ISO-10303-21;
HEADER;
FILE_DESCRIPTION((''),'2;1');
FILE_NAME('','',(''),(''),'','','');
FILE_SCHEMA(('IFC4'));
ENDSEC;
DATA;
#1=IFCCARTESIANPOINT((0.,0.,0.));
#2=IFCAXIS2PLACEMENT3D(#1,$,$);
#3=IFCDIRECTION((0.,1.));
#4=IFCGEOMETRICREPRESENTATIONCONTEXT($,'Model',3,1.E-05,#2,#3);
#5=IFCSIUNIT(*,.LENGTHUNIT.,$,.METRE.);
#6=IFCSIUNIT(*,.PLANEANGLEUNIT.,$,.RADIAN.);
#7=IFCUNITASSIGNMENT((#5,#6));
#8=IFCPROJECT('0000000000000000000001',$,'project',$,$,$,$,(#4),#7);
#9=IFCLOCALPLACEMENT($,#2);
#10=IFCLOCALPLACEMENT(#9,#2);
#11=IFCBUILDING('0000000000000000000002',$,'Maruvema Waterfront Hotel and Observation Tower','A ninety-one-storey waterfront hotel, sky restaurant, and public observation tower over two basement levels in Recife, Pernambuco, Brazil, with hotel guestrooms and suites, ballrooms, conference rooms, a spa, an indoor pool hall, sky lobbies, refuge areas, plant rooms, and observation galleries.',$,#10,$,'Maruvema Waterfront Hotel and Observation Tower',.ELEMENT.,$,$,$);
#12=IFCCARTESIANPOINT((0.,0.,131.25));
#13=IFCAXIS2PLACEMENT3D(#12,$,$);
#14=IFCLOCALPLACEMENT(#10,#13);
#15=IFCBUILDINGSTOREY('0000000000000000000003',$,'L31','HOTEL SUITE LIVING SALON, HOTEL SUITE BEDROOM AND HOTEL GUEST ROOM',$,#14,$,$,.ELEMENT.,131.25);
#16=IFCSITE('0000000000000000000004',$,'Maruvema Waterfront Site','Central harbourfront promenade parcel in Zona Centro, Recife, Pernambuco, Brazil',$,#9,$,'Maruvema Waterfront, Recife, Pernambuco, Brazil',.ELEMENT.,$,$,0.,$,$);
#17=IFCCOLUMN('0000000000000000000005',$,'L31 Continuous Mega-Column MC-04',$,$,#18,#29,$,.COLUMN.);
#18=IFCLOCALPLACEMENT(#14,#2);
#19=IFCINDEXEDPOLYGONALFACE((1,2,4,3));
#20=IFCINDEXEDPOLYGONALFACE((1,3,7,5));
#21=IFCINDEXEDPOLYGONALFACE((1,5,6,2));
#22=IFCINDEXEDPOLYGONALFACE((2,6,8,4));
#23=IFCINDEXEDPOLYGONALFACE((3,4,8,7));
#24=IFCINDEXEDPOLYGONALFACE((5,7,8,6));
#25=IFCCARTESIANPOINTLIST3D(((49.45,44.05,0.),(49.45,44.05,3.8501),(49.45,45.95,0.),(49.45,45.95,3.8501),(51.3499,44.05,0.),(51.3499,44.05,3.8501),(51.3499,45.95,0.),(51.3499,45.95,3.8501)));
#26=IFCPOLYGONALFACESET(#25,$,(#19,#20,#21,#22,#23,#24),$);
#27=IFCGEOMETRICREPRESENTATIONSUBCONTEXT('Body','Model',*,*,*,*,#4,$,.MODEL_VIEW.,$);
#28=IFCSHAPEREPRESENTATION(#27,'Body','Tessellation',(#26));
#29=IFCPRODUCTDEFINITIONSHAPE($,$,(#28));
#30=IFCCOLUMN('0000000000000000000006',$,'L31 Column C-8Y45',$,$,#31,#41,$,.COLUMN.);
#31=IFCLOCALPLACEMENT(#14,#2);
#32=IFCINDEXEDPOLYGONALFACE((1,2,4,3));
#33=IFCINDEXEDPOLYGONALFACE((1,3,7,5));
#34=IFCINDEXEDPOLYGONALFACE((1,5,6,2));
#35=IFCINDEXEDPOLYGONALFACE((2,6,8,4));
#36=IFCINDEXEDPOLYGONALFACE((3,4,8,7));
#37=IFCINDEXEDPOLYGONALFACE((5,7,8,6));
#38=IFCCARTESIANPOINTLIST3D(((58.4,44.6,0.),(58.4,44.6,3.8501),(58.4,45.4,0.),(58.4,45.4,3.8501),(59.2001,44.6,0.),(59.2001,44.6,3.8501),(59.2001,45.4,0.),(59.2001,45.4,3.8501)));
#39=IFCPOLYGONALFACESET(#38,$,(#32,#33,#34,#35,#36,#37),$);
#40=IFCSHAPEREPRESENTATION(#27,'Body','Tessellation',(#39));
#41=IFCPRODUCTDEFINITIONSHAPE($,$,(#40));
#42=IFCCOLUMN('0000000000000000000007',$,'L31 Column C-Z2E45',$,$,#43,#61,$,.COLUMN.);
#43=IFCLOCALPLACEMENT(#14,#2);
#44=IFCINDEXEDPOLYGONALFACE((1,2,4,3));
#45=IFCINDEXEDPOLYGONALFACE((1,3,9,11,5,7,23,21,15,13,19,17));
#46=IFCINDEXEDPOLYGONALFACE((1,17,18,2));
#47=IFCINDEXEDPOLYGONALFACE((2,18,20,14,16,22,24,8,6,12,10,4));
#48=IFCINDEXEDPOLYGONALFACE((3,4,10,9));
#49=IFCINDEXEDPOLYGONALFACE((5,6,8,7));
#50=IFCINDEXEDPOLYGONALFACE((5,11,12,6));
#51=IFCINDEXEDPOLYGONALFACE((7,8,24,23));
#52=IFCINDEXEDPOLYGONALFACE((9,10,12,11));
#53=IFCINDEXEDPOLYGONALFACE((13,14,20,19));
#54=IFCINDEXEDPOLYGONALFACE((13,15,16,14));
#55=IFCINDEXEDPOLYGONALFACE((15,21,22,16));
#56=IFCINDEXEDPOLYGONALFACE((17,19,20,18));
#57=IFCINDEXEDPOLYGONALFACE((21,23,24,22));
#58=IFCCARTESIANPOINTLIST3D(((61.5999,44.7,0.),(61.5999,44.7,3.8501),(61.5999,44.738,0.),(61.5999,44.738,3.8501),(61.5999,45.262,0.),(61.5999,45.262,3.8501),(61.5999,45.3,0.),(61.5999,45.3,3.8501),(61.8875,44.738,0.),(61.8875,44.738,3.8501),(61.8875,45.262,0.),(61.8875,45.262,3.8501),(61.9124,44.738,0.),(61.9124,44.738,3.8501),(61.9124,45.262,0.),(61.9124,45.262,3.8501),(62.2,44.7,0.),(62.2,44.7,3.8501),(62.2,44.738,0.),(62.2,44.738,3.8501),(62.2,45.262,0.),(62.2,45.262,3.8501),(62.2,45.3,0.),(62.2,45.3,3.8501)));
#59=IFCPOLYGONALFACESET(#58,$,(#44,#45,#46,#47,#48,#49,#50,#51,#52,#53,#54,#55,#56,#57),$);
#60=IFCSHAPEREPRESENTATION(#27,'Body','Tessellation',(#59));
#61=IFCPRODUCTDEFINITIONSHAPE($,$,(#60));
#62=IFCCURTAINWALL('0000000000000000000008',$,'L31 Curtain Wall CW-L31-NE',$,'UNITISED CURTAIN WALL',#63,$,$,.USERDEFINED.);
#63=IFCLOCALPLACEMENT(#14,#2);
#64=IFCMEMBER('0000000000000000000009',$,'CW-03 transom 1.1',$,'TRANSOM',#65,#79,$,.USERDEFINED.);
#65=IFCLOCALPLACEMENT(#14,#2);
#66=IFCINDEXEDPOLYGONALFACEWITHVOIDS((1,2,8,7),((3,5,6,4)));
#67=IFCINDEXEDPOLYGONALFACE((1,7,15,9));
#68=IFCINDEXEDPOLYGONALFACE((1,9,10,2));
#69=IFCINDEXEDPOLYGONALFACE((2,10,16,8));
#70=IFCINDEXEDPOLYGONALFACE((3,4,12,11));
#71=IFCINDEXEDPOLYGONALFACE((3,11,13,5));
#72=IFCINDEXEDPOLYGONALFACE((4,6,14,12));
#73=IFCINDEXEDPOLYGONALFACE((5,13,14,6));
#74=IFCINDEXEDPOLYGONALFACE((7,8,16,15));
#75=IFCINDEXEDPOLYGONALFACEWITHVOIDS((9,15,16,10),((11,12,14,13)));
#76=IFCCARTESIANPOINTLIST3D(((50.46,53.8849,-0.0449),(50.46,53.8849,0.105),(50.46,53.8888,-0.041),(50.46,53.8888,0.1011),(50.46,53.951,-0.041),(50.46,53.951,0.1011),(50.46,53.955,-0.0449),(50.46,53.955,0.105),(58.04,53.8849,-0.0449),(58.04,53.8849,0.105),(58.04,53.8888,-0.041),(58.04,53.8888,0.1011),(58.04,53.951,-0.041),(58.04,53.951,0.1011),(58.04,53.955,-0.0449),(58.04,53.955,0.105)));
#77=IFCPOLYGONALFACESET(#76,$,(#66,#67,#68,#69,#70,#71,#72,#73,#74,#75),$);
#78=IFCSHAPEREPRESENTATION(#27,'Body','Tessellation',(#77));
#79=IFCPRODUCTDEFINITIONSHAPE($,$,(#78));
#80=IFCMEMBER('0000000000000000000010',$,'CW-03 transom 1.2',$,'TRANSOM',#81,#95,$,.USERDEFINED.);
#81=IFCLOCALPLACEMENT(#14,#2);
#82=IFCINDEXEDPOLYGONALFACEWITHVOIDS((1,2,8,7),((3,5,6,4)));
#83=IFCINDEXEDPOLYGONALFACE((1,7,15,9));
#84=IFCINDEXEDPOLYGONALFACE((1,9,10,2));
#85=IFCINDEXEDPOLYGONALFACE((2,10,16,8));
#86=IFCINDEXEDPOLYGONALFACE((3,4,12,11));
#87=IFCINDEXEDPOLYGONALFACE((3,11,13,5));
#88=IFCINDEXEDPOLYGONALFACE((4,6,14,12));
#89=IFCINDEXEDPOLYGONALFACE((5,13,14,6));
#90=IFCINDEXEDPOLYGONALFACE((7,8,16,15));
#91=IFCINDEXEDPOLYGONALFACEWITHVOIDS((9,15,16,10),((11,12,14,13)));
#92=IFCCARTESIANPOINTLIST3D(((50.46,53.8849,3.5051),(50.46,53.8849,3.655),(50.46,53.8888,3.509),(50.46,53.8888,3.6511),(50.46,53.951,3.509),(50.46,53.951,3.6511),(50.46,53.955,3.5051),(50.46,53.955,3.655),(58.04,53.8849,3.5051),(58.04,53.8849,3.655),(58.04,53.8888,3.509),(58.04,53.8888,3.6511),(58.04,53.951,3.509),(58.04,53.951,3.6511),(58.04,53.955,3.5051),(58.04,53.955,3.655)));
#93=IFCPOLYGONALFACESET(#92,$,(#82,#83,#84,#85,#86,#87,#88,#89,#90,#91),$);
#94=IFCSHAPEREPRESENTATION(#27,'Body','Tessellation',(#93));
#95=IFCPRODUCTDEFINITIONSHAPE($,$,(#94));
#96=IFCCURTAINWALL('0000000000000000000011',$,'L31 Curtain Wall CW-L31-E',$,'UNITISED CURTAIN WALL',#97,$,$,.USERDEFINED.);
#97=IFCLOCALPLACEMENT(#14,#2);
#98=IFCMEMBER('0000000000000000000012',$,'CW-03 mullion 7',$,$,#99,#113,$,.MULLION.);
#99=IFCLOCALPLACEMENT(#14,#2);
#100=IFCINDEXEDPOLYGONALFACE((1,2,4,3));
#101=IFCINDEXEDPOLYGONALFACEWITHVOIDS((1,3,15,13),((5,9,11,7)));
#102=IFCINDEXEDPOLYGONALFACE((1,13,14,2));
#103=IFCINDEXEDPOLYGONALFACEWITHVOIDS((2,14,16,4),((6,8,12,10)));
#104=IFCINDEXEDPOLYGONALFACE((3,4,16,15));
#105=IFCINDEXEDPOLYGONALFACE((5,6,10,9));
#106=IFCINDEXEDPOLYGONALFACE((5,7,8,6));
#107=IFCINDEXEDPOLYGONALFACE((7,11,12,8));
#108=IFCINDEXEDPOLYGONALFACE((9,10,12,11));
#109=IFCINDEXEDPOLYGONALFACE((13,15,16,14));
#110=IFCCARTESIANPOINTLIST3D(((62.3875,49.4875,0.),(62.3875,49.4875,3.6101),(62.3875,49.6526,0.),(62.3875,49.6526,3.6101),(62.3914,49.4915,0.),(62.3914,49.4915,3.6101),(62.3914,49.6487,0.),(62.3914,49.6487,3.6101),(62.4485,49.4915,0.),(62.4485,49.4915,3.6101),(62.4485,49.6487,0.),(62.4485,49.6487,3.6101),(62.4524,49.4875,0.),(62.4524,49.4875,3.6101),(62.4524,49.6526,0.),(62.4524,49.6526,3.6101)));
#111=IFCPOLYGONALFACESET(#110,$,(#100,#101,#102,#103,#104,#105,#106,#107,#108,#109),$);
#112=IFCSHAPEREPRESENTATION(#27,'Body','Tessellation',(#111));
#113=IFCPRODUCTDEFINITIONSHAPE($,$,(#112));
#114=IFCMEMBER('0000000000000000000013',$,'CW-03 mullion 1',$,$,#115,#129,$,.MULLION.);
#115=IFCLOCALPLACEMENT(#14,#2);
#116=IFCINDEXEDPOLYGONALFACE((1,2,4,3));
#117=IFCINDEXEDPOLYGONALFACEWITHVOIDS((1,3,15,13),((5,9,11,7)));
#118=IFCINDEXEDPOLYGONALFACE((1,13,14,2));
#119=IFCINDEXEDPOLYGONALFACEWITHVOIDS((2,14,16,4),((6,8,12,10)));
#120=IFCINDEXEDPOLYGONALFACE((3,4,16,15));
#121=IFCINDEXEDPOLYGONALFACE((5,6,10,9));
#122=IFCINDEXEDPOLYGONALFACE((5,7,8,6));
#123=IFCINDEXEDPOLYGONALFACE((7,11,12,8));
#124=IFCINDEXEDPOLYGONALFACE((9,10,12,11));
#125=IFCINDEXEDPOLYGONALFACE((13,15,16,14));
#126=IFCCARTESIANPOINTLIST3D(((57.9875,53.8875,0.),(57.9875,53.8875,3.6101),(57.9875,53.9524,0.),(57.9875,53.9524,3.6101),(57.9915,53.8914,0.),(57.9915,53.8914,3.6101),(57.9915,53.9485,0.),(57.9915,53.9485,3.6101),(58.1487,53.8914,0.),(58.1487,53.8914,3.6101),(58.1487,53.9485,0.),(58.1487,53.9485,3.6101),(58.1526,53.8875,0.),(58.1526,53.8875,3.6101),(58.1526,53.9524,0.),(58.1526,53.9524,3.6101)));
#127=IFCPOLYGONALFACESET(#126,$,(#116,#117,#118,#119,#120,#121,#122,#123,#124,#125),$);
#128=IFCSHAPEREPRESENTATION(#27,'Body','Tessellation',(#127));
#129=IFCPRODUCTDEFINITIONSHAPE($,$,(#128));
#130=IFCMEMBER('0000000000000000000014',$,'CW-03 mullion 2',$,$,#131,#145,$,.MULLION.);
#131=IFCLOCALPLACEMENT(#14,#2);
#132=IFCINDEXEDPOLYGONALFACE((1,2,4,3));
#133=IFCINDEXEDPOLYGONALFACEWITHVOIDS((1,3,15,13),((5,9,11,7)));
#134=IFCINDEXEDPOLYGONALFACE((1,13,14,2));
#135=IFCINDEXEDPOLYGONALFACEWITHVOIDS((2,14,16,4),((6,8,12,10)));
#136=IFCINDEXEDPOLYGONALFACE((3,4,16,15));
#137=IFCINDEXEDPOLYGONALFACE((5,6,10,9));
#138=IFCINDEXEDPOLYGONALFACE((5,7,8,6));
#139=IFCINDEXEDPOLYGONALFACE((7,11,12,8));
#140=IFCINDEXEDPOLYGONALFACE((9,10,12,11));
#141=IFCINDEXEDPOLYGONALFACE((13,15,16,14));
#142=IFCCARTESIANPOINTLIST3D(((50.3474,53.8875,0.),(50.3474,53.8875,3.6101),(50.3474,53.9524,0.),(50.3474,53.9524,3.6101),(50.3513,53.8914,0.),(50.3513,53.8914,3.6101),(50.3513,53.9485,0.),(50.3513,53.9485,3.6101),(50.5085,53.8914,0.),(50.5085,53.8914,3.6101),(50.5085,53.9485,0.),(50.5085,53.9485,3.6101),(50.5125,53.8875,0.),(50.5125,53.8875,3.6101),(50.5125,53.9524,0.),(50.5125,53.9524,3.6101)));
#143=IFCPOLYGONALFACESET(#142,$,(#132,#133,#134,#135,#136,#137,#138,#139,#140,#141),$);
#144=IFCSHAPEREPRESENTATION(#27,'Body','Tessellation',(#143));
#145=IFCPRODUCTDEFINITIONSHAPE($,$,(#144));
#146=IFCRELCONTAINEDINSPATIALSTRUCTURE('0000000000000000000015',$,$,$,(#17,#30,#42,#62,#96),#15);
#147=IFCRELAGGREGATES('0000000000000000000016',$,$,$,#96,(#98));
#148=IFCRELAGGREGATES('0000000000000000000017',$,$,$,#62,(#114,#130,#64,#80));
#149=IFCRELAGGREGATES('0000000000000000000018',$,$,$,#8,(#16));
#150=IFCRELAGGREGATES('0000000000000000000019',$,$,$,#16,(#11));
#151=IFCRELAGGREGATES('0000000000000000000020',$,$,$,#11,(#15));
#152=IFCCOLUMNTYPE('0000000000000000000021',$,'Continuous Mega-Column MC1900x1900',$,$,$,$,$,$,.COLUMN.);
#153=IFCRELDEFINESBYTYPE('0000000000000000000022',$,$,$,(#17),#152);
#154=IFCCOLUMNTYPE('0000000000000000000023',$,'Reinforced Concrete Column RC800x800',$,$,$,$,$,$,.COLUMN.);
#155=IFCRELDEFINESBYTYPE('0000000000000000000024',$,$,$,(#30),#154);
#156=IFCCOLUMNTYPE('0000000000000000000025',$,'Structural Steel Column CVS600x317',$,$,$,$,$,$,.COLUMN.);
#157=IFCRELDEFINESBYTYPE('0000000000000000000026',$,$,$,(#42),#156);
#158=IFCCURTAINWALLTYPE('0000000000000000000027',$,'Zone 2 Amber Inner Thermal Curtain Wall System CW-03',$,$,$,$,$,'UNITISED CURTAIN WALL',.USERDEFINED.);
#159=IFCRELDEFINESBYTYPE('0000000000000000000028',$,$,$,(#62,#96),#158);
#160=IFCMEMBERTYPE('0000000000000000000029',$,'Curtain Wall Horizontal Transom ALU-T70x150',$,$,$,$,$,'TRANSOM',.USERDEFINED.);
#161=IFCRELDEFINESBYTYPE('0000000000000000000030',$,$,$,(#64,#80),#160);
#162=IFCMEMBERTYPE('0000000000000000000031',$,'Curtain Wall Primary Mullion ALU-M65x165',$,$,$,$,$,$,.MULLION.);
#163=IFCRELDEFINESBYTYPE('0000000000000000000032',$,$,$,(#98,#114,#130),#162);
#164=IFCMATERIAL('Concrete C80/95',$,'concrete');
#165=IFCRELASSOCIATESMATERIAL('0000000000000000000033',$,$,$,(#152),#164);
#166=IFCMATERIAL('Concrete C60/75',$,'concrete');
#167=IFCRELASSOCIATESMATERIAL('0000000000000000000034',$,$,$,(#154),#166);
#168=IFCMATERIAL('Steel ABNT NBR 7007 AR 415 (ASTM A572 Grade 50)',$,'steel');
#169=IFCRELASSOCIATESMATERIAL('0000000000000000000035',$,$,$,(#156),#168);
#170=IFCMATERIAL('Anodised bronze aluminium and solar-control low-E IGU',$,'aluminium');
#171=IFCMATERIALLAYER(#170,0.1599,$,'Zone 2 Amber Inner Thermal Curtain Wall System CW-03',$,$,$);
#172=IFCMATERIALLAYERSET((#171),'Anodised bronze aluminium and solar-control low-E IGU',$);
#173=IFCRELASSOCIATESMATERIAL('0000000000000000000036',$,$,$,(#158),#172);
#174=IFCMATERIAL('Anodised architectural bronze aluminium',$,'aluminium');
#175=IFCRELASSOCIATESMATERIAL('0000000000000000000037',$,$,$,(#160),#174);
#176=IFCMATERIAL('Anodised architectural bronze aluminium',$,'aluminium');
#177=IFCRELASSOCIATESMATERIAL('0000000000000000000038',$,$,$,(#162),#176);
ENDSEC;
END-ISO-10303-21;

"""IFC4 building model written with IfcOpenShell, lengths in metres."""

from ifc_helpers import new_model, si_unit, direction, frame, origin, origin_2d, place, context, subcontext, project, spatial, rectangle, hollow_rectangle, i_section, extrude, material, layer, layer_set, material_profile, profile_set, type_object, element, aggregate, save


model = new_model("IFC4")

# Units and contexts
model_context = context("Model", 3, precision=1e-05, world=origin(), true_north=direction((0.0, 1.0)))
body_context = subcontext(model_context, "Body", "Model", "MODEL_VIEW")
ifc_project = project(units=[si_unit("LENGTHUNIT", "METRE"), si_unit("PLANEANGLEUNIT", "RADIAN")], contexts=[model_context])

# Site, building, storey
site_placement = place(None, origin())
site = spatial("IfcSite", under=ifc_project, at=site_placement, Name="Maruvema Waterfront Site", Description="Central harbourfront promenade parcel in Zona Centro, Recife, Pernambuco, Brazil", LongName="Maruvema Waterfront, Recife, Pernambuco, Brazil", CompositionType="ELEMENT", RefElevation=0.0)
building_placement = place(site_placement, origin())
building = spatial("IfcBuilding", under=site, at=building_placement, Name="Maruvema Waterfront Hotel and Observation Tower", Description="A ninety-one-storey waterfront hotel, sky restaurant, and public observation tower over two basement levels in Recife, Pernambuco, Brazil, with hotel guestrooms and suites, ballrooms, conference rooms, a spa, an indoor pool hall, sky lobbies, refuge areas, plant rooms, and observation galleries.", LongName="Maruvema Waterfront Hotel and Observation Tower", CompositionType="ELEMENT")
storey_placement = place(building_placement, frame((0.0, 0.0, 131.25)))
storey = spatial("IfcBuildingStorey", under=building, at=storey_placement, Name="L31", Description="HOTEL SUITE LIVING SALON, HOTEL SUITE BEDROOM AND HOTEL GUEST ROOM", CompositionType="ELEMENT", Elevation=131.25)

# Columns
ifc_material_1 = material(Name="Concrete C80/95", Category="concrete")
ifc_material_profile_1 = material_profile(ifc_material_1, rectangle(XDim=1.8999, YDim=1.8999, at=origin_2d()), Name="MC1900x1900")
ifc_profile_set_1 = profile_set([ifc_material_profile_1], Name="Concrete C80/95")
column_type_1 = type_object("IfcColumnType", Name="Continuous Mega-Column MC1900x1900", PredefinedType="COLUMN", material=ifc_profile_set_1)
column_1_placement = place(storey_placement, frame((50.3999, 45.0, 0.0), z_axis=(0.0, 0.0, 1.0), x_axis=(1.0, 0.0, 0.0)))
element("IfcColumn", 1, at=column_1_placement, inside=storey, type_object=column_type_1, Name="L31 Continuous Mega-Column MC-04", PredefinedType="COLUMN", context=body_context, shape_type="SweptSolid", body=[
    extrude(rectangle(XDim=1.8999, YDim=1.8999, at=origin_2d()), origin(), (0.0, 0.0, 1.0), 3.8501),
])
ifc_material_2 = material(Name="Concrete C60/75", Category="concrete")
ifc_material_profile_2 = material_profile(ifc_material_2, rectangle(XDim=0.8, YDim=0.8, at=origin_2d()), Name="RC800x800")
ifc_profile_set_2 = profile_set([ifc_material_profile_2], Name="Concrete C60/75")
column_type_2 = type_object("IfcColumnType", Name="Reinforced Concrete Column RC800x800", PredefinedType="COLUMN", material=ifc_profile_set_2)
column_2_placement = place(storey_placement, frame((58.8, 45.0, 0.0), z_axis=(0.0, 0.0, 1.0), x_axis=(1.0, 0.0, 0.0)))
element("IfcColumn", 2, at=column_2_placement, inside=storey, type_object=column_type_2, Name="L31 Column C-8Y45", PredefinedType="COLUMN", context=body_context, shape_type="SweptSolid", body=[
    extrude(rectangle(XDim=0.8, YDim=0.8, at=origin_2d()), origin(), (0.0, 0.0, 1.0), 3.8501),
])
ifc_material_3 = material(Name="Steel ABNT NBR 7007 AR 415 (ASTM A572 Grade 50)", Category="steel")
ifc_material_profile_3 = material_profile(ifc_material_3, i_section(OverallWidth=0.6001, OverallDepth=0.6001, WebThickness=0.0249, FlangeThickness=0.0381, at=origin_2d()), Name="CVS600x317")
ifc_profile_set_3 = profile_set([ifc_material_profile_3], Name="Steel ABNT NBR 7007 AR 415 (ASTM A572 Grade 50)")
column_type_3 = type_object("IfcColumnType", Name="Structural Steel Column CVS600x317", PredefinedType="COLUMN", material=ifc_profile_set_3)
column_3_placement = place(storey_placement, frame((61.8999, 45.0, 0.0), z_axis=(0.0, 0.0, 1.0), x_axis=(1.0, 0.0, 0.0)))
element("IfcColumn", 3, at=column_3_placement, inside=storey, type_object=column_type_3, Name="L31 Column C-Z2E45", PredefinedType="COLUMN", context=body_context, shape_type="SweptSolid", body=[
    extrude(i_section(OverallWidth=0.6001, OverallDepth=0.6001, WebThickness=0.0249, FlangeThickness=0.0381, at=origin_2d()), origin(), (0.0, 0.0, 1.0), 3.8501),
])

# Curtain wall, members
ifc_material_4 = material(Name="Anodised bronze aluminium and solar-control low-E IGU", Category="aluminium")
ifc_layer_1 = layer(ifc_material_4, 0.1599, Name="Zone 2 Amber Inner Thermal Curtain Wall System CW-03")
ifc_layer_set_1 = layer_set([ifc_layer_1], Name="Anodised bronze aluminium and solar-control low-E IGU")
curtain_wall_type = type_object("IfcCurtainWallType", Name="Zone 2 Amber Inner Thermal Curtain Wall System CW-03", ElementType="UNITISED CURTAIN WALL", PredefinedType="USERDEFINED", material=ifc_layer_set_1)
curtain_wall_1_placement = place(storey_placement, origin())
curtain_wall_1 = element("IfcCurtainWall", 4, at=curtain_wall_1_placement, inside=storey, type_object=curtain_wall_type, Name="L31 Curtain Wall CW-L31-NE", ObjectType="UNITISED CURTAIN WALL", PredefinedType="USERDEFINED")
ifc_material_5 = material(Name="Anodised architectural bronze aluminium", Category="aluminium")
ifc_material_profile_4 = material_profile(ifc_material_5, hollow_rectangle(XDim=0.0701, YDim=0.1499, WallThickness=0.0039, at=origin_2d()), Name="ALU-T70x150")
ifc_profile_set_4 = profile_set([ifc_material_profile_4], Name="Anodised architectural bronze aluminium")
member_type_1 = type_object("IfcMemberType", Name="Curtain Wall Horizontal Transom ALU-T70x150", ElementType="TRANSOM", PredefinedType="USERDEFINED", material=ifc_profile_set_4)
member_1_placement = place(storey_placement, frame((58.04, 53.9199, 0.03), z_axis=(-1.0, 0.0, 0.0), x_axis=(0.0, -1.0, 0.0)))
member_1 = element("IfcMember", 5, at=member_1_placement, type_object=member_type_1, Name="CW-03 transom 1.1", ObjectType="TRANSOM", PredefinedType="USERDEFINED", context=body_context, shape_type="SweptSolid", body=[
    extrude(hollow_rectangle(XDim=0.0701, YDim=0.1499, WallThickness=0.0039, at=origin_2d()), origin(), (0.0, 0.0, 1.0), 7.5801),
])
member_2_placement = place(storey_placement, frame((58.04, 53.9199, 3.5801), z_axis=(-1.0, 0.0, 0.0), x_axis=(0.0, -1.0, 0.0)))
member_2 = element("IfcMember", 6, at=member_2_placement, type_object=member_type_1, Name="CW-03 transom 1.2", ObjectType="TRANSOM", PredefinedType="USERDEFINED", context=body_context, shape_type="SweptSolid", body=[
    extrude(hollow_rectangle(XDim=0.0701, YDim=0.1499, WallThickness=0.0039, at=origin_2d()), origin(), (0.0, 0.0, 1.0), 7.5801),
])

# Curtain wall, member
curtain_wall_2_placement = place(storey_placement, origin())
curtain_wall_2 = element("IfcCurtainWall", 7, at=curtain_wall_2_placement, inside=storey, type_object=curtain_wall_type, Name="L31 Curtain Wall CW-L31-E", ObjectType="UNITISED CURTAIN WALL", PredefinedType="USERDEFINED")
ifc_material_6 = material(Name="Anodised architectural bronze aluminium", Category="aluminium")
ifc_material_profile_5 = material_profile(ifc_material_6, hollow_rectangle(XDim=0.0649, YDim=0.165, WallThickness=0.0039, at=origin_2d()), Name="ALU-M65x165")
ifc_profile_set_5 = profile_set([ifc_material_profile_5], Name="Anodised architectural bronze aluminium")
member_type_2 = type_object("IfcMemberType", Name="Curtain Wall Primary Mullion ALU-M65x165", PredefinedType="MULLION", material=ifc_profile_set_5)
member_3_placement = place(storey_placement, frame((62.4199, 49.5701, 0.0), z_axis=(0.0, 0.0, 1.0), x_axis=(-1.0, 0.0, 0.0)))
member_3 = element("IfcMember", 8, at=member_3_placement, type_object=member_type_2, Name="CW-03 mullion 7", PredefinedType="MULLION", context=body_context, shape_type="SweptSolid", body=[
    extrude(hollow_rectangle(XDim=0.0649, YDim=0.165, WallThickness=0.0039, at=origin_2d()), origin(), (0.0, 0.0, 1.0), 3.6101),
])

# Members
member_4_placement = place(storey_placement, frame((58.0701, 53.9199, 0.0), z_axis=(0.0, 0.0, 1.0), x_axis=(0.0, -1.0, 0.0)))
member_4 = element("IfcMember", 9, at=member_4_placement, type_object=member_type_2, Name="CW-03 mullion 1", PredefinedType="MULLION", context=body_context, shape_type="SweptSolid", body=[
    extrude(hollow_rectangle(XDim=0.0649, YDim=0.165, WallThickness=0.0039, at=origin_2d()), origin(), (0.0, 0.0, 1.0), 3.6101),
])
member_5_placement = place(storey_placement, frame((50.4299, 53.9199, 0.0), z_axis=(0.0, 0.0, 1.0), x_axis=(0.0, -1.0, 0.0)))
member_5 = element("IfcMember", 10, at=member_5_placement, type_object=member_type_2, Name="CW-03 mullion 2", PredefinedType="MULLION", context=body_context, shape_type="SweptSolid", body=[
    extrude(hollow_rectangle(XDim=0.0649, YDim=0.165, WallThickness=0.0039, at=origin_2d()), origin(), (0.0, 0.0, 1.0), 3.6101),
])

aggregate(curtain_wall_2, [member_3])
aggregate(curtain_wall_1, [member_4, member_5, member_1, member_2])

save(model, "model.ifc")
